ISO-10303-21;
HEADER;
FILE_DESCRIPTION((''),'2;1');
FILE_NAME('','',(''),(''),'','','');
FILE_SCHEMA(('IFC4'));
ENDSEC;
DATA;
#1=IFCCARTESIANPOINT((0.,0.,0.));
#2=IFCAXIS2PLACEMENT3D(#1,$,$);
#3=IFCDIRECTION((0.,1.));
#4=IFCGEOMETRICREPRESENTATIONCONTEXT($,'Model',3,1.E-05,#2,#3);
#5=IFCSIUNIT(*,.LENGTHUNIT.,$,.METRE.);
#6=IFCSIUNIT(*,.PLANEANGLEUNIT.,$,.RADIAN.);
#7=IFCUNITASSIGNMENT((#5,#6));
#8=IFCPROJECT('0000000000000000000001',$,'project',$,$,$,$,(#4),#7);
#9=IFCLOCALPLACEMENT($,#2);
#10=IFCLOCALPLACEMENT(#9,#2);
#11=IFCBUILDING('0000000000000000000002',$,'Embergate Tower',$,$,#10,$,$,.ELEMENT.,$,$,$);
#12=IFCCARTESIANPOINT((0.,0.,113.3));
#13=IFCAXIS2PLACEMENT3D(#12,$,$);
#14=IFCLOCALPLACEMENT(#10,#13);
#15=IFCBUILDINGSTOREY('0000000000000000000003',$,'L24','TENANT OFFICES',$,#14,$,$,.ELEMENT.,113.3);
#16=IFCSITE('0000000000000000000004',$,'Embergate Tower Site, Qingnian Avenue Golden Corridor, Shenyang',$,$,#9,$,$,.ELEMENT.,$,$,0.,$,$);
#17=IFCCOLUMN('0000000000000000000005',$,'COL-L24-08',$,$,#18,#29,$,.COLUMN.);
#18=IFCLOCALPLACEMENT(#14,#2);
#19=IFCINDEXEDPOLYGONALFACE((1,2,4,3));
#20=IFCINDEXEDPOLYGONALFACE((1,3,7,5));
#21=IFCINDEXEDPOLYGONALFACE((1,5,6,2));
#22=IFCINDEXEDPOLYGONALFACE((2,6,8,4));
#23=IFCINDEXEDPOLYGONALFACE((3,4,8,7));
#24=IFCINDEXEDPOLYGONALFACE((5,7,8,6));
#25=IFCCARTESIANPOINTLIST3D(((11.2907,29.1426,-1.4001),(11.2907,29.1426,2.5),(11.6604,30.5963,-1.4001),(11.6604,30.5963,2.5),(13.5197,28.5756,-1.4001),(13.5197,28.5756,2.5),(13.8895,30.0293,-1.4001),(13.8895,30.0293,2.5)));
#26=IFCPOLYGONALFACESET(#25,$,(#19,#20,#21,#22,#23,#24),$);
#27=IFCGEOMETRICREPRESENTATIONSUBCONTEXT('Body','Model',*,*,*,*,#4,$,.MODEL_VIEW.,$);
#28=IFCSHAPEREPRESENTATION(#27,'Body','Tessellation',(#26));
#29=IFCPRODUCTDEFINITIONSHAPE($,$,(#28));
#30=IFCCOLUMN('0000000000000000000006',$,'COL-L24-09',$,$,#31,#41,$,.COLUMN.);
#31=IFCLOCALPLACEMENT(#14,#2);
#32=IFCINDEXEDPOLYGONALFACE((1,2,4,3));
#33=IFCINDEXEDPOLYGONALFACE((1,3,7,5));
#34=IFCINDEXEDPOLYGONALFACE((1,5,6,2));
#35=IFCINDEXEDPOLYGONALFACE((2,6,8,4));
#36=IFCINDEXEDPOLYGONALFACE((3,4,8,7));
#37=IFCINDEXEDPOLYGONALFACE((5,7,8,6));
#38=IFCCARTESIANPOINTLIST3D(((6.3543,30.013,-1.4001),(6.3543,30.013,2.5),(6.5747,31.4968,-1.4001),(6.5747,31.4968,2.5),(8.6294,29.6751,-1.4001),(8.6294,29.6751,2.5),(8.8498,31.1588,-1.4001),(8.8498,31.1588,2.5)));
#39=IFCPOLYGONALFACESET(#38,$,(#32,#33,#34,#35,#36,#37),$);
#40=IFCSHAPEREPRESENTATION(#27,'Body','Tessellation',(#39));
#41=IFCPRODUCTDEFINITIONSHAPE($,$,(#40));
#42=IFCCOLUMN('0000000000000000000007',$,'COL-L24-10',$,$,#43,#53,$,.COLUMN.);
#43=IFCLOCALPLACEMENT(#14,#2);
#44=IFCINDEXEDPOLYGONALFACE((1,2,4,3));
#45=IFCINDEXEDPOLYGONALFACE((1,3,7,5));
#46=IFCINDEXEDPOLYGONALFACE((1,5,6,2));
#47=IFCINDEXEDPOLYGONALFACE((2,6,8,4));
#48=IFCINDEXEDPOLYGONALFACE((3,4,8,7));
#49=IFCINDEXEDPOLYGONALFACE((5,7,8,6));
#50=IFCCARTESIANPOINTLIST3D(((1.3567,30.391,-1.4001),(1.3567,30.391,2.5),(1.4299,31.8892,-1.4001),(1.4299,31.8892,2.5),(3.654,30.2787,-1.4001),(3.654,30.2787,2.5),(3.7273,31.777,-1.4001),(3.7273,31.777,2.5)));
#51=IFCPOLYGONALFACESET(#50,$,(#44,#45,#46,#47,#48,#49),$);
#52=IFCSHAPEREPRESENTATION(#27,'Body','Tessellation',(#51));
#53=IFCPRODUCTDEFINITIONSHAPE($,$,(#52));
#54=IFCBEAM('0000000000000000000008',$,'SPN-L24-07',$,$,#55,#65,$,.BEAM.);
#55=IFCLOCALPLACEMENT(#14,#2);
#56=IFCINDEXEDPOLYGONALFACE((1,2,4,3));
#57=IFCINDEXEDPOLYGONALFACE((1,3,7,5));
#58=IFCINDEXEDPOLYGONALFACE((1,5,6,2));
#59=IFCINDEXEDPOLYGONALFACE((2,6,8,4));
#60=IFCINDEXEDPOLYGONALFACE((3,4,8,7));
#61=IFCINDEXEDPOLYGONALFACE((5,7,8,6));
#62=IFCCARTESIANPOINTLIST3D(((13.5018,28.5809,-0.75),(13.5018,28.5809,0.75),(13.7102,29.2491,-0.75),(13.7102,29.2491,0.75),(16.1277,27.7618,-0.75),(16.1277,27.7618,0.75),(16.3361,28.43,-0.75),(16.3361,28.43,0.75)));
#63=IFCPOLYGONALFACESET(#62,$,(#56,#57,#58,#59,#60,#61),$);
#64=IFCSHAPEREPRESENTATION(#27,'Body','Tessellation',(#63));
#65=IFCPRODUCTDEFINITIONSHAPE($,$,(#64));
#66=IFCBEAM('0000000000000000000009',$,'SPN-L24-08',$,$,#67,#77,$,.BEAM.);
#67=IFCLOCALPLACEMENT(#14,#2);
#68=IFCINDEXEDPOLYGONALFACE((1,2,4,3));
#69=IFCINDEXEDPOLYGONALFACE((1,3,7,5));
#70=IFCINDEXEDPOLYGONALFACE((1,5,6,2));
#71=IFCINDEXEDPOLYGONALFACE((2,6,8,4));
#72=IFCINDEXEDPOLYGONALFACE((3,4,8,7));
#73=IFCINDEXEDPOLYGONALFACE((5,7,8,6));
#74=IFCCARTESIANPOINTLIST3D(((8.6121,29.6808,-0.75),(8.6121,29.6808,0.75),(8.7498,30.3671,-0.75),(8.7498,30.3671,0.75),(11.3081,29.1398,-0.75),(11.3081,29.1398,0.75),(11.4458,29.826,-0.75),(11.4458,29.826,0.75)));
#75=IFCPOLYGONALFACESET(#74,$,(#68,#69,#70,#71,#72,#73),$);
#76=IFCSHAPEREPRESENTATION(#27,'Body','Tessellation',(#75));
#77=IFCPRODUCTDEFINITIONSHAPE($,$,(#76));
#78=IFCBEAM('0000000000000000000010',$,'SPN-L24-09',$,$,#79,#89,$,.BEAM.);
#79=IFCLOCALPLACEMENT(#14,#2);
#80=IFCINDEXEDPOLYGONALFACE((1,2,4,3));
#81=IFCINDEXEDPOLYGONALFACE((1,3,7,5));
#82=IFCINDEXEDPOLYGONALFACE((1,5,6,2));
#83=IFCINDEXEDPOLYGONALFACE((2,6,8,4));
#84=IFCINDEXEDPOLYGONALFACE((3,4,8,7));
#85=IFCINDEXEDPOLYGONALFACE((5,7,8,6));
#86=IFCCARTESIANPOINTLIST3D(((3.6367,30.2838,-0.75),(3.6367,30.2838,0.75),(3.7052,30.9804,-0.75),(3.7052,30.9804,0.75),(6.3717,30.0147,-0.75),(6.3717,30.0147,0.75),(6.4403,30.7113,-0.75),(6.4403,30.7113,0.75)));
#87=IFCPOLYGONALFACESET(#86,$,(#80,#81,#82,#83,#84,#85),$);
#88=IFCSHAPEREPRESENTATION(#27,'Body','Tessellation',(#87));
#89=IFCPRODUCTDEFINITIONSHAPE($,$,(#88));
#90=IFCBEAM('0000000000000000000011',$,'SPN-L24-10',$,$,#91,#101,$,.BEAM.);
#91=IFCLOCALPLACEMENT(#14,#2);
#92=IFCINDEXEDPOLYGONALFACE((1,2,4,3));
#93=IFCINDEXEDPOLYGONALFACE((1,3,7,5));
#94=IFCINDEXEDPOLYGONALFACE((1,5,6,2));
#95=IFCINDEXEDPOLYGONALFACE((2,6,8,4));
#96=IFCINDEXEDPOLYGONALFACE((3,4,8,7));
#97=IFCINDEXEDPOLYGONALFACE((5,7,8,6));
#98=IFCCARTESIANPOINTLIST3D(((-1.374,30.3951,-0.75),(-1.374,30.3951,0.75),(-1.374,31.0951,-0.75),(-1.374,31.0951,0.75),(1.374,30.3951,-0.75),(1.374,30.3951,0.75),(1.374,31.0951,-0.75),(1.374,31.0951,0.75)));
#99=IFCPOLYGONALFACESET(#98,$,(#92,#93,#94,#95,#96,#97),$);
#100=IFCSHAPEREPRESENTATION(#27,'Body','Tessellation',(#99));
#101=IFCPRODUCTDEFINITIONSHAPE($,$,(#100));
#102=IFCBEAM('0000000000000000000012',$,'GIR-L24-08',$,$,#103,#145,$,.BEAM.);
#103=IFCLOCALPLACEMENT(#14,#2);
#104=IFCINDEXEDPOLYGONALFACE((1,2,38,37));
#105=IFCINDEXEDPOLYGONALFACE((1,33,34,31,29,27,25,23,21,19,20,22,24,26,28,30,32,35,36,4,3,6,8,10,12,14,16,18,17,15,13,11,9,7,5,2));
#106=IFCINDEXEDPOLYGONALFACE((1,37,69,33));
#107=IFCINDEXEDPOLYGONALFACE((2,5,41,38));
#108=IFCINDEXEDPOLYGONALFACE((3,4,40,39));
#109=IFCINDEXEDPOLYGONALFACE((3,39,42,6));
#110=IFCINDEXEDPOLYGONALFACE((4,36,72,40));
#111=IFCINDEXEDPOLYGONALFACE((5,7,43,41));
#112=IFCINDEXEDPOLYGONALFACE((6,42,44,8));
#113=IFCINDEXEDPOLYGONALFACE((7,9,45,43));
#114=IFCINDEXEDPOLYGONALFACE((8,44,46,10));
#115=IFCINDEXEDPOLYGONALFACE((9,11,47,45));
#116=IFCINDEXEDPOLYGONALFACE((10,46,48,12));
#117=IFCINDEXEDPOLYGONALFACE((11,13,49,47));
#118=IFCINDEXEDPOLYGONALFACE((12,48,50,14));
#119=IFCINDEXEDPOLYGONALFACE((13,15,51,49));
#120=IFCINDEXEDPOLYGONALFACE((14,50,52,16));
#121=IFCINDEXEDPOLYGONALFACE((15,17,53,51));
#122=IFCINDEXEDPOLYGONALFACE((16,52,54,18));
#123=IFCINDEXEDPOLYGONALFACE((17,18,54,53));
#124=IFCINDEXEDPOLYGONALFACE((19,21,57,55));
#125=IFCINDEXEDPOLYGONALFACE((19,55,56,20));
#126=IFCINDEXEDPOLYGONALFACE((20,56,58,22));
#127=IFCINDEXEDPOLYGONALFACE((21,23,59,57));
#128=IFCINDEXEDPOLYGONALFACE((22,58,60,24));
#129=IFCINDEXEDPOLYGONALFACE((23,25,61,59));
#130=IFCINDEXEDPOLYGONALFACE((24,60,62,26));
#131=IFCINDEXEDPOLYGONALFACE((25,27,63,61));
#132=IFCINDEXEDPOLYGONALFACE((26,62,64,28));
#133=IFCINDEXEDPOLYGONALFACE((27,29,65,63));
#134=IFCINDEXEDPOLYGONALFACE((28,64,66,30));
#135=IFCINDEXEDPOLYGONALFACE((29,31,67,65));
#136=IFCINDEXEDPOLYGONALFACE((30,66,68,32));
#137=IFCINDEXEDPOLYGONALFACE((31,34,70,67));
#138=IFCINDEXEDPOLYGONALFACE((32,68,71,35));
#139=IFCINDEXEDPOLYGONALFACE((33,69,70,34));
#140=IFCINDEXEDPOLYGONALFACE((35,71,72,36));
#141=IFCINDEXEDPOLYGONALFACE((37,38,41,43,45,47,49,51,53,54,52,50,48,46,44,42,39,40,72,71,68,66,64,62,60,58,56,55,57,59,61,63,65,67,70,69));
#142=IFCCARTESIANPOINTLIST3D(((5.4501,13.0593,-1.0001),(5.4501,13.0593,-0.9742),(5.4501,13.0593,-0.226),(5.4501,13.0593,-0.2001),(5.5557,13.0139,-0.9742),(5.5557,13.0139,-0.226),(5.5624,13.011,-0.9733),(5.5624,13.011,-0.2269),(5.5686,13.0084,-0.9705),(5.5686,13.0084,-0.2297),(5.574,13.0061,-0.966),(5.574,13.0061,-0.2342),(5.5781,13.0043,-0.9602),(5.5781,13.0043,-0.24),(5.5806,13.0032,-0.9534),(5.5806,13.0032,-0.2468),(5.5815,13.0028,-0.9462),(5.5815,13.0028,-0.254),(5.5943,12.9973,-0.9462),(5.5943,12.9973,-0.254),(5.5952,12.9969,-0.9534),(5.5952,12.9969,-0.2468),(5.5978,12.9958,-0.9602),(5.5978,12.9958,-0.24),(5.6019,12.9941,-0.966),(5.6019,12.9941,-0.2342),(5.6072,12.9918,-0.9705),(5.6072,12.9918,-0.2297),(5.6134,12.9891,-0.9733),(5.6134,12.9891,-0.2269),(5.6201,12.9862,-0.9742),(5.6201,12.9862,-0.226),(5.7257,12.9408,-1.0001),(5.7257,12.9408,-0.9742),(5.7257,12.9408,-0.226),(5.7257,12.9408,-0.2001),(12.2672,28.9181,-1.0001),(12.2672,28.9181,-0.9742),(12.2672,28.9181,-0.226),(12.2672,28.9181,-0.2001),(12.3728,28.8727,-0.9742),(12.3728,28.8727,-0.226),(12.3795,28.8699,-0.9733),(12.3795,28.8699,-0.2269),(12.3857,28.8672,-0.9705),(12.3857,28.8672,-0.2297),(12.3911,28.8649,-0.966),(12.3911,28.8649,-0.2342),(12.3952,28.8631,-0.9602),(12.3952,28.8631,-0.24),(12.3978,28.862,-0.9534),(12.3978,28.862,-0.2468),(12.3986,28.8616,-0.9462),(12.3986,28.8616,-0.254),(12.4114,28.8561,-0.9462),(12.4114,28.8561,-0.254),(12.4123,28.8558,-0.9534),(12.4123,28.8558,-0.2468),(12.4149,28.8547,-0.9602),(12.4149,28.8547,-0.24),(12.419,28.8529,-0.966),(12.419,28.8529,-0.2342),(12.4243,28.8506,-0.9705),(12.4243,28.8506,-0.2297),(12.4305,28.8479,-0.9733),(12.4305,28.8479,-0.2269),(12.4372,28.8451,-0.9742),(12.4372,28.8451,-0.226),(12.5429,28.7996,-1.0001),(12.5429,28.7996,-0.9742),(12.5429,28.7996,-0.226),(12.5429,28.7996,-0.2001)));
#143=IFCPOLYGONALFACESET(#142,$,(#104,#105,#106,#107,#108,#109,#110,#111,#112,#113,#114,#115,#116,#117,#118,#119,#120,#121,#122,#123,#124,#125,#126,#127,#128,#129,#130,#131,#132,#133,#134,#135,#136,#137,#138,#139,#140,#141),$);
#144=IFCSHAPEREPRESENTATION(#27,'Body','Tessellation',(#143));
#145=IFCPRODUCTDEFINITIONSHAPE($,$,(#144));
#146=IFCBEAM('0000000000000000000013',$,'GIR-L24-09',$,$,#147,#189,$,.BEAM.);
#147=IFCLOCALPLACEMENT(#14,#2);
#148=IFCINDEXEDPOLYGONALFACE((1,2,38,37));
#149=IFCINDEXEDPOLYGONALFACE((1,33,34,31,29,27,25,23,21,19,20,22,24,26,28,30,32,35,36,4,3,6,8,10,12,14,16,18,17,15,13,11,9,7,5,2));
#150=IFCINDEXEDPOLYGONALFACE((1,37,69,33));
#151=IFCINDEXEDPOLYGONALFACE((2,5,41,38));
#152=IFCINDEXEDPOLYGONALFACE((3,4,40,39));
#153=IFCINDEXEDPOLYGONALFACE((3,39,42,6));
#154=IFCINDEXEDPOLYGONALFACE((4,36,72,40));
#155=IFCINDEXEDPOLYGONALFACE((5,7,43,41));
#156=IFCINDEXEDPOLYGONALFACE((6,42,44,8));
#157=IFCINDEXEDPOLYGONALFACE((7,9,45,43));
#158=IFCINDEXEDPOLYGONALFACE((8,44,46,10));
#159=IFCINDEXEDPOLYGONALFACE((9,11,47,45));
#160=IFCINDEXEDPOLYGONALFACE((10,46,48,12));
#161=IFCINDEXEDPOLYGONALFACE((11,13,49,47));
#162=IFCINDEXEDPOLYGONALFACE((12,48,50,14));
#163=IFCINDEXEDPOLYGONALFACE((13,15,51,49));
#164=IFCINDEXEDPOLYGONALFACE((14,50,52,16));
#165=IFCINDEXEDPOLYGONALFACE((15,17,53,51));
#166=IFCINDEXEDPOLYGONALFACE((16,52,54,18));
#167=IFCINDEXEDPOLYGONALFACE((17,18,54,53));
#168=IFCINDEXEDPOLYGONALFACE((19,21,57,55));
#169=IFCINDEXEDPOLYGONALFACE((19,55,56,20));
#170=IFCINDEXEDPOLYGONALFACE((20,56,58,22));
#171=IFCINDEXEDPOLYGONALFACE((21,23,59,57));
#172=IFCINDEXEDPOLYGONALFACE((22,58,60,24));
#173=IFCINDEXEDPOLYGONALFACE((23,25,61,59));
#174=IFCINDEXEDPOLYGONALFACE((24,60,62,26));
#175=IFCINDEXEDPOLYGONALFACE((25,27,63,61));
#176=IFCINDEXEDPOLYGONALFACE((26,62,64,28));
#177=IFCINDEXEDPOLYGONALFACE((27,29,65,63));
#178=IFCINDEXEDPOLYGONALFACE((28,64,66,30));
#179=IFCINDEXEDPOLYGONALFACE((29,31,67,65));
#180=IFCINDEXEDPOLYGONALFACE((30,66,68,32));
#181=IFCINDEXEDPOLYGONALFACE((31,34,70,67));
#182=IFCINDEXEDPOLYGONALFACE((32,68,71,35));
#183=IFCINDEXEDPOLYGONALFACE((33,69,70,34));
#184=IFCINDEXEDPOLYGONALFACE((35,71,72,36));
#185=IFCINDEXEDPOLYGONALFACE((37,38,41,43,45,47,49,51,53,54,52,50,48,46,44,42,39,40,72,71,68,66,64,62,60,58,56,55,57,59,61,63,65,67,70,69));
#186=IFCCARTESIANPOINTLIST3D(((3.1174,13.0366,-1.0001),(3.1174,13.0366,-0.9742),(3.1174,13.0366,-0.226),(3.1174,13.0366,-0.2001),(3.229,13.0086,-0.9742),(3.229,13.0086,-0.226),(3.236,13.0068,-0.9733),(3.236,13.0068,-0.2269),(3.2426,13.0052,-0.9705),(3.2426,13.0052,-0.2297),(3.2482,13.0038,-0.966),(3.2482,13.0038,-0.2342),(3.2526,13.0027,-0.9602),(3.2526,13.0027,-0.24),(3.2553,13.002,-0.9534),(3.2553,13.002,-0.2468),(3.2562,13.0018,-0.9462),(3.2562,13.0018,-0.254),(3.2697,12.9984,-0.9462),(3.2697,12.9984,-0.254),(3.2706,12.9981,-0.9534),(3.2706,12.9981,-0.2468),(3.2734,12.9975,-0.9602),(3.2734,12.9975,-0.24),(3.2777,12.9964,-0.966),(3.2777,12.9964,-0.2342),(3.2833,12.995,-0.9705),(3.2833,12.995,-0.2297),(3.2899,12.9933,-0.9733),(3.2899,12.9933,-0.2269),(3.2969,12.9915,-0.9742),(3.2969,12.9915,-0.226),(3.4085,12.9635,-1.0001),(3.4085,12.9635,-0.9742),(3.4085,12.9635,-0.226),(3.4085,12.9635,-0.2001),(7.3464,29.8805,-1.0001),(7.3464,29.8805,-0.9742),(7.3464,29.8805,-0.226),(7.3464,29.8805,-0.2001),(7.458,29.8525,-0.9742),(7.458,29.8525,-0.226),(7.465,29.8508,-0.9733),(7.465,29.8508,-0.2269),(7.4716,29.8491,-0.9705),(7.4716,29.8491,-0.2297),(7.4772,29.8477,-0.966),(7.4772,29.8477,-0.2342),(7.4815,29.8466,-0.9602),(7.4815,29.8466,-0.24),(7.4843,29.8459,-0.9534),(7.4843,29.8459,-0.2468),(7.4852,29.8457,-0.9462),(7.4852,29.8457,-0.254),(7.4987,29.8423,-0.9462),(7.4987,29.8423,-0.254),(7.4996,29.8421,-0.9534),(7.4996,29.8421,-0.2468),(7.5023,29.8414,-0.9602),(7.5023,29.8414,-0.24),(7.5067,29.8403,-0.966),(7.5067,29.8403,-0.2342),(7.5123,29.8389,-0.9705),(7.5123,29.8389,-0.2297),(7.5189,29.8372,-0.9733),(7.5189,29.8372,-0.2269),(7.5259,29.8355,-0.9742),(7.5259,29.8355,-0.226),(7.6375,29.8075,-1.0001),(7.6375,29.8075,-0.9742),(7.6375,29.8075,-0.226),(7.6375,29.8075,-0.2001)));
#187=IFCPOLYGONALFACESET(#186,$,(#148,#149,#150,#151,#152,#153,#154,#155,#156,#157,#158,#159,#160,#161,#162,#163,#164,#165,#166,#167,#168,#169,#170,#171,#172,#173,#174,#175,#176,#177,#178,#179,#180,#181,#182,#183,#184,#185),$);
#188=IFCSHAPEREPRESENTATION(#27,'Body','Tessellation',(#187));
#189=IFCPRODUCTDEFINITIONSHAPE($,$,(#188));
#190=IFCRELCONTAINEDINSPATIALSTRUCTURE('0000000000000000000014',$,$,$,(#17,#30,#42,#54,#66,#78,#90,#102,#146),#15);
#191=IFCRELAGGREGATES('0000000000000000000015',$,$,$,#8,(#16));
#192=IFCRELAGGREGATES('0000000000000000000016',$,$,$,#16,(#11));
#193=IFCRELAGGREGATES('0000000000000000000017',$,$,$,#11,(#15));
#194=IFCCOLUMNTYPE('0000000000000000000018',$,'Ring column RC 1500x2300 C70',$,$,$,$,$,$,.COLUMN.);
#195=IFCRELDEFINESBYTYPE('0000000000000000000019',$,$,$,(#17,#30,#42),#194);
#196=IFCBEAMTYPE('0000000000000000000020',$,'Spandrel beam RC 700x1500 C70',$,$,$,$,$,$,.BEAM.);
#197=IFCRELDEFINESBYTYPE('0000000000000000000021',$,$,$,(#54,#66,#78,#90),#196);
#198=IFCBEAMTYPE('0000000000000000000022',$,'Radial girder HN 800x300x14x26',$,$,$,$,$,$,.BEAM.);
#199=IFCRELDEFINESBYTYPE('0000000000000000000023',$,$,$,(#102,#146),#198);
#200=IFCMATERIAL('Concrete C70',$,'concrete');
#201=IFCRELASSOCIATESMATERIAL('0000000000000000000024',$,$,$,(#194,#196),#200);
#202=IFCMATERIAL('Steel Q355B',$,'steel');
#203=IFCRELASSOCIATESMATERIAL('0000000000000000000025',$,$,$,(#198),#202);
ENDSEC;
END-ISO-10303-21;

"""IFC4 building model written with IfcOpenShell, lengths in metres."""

from ifc_helpers import new_model, si_unit, direction, frame, origin, origin_2d, place, context, subcontext, project, spatial, rectangle, i_section, extrude, source, transform, mapped, material, material_profile, profile_set, type_object, element, save


model = new_model("IFC4")

# Units and contexts
model_context = context("Model", 3, precision=1e-05, world=origin(), true_north=direction((0.0, 1.0)))
body_context = subcontext(model_context, "Body", "Model", "MODEL_VIEW")
ifc_project = project(units=[si_unit("LENGTHUNIT", "METRE"), si_unit("PLANEANGLEUNIT", "RADIAN")], contexts=[model_context])

# Site, building, storey
site_placement = place(None, origin())
site = spatial("IfcSite", under=ifc_project, at=site_placement, Name="Embergate Tower Site, Qingnian Avenue Golden Corridor, Shenyang", CompositionType="ELEMENT", RefElevation=0.0)
building_placement = place(site_placement, origin())
building = spatial("IfcBuilding", under=site, at=building_placement, Name="Embergate Tower", CompositionType="ELEMENT")
storey_placement = place(building_placement, frame((0.0, 0.0, 113.3)))
storey = spatial("IfcBuildingStorey", under=building, at=storey_placement, Name="L24", Description="TENANT OFFICES", CompositionType="ELEMENT", Elevation=113.3)

# Columns
ifc_material_1 = material(Name="Concrete C70", Category="concrete")
ifc_material_profile_1 = material_profile(ifc_material_1, rectangle(XDim=1.5, YDim=2.3, at=origin_2d()), Name="RC 1500x2300")
ifc_profile_set_1 = profile_set([ifc_material_profile_1], Name="Concrete C70")
column_type = type_object("IfcColumnType", Name="Ring column RC 1500x2300 C70", PredefinedType="COLUMN", material=ifc_profile_set_1)
shared_shape_1 = source(origin(), body_context, "Body", "SweptSolid", [
    extrude(rectangle(XDim=1.5, YDim=2.3, at=origin_2d()), origin(), (0.0, 0.0, 1.0), 3.9001),
])
for number, where, z_axis, x_axis, name in (
    (1, (12.5901, 29.5859, -1.4001), (0.0, 0.0, 1.0), (0.246509, 0.969141, 0.0), "COL-L24-08"),
    (2, (7.6021, 30.5859, -1.4001), (0.0, 0.0, 1.0), (0.146929, 0.989147, 0.0), "COL-L24-09"),
    (3, (2.542, 31.084, -1.4001), (0.0, 0.0, 1.0), (0.048815, 0.998808, 0.0), "COL-L24-10"),
):
    element("IfcColumn", number, at=place(storey_placement, frame(where, z_axis=z_axis, x_axis=x_axis)), inside=storey, type_object=column_type, Name=name, PredefinedType="COLUMN", context=body_context, shape_type="MappedRepresentation", body=[
        mapped(shared_shape_1, transform((0.0, 0.0, 0.0))),
    ])

# Beams
ifc_material_profile_2 = material_profile(ifc_material_1, rectangle(XDim=0.7, YDim=1.5, at=origin_2d()), Name="RC 700x1500")
ifc_profile_set_2 = profile_set([ifc_material_profile_2], Name="Concrete C70")
beam_type_1 = type_object("IfcBeamType", Name="Spandrel beam RC 700x1500 C70", PredefinedType="BEAM", material=ifc_profile_set_2)
shared_shape_2 = source(origin(), body_context, "Body", "SweptSolid", [
    extrude(rectangle(XDim=0.7, YDim=1.5, at=origin_2d()), origin(), (0.0, 0.0, 1.0), 2.7507),
])
beam_1_placement = place(storey_placement, frame((16.2319, 28.0959, 0.0), z_axis=(-0.954638, 0.29777, 0.0), x_axis=(-0.29777, -0.954638, 0.0)))
element("IfcBeam", 4, at=beam_1_placement, inside=storey, type_object=beam_type_1, Name="SPN-L24-07", PredefinedType="BEAM", context=body_context, shape_type="MappedRepresentation", body=[
    mapped(shared_shape_2, transform((0.0, 0.0, 0.0))),
])
shared_shape_3 = source(origin(), body_context, "Body", "SweptSolid", [
    extrude(rectangle(XDim=0.7, YDim=1.5, at=origin_2d()), origin(), (0.0, 0.0, 1.0), 2.7498),
])
beam_2_placement = place(storey_placement, frame((11.377, 29.4829, 0.0), z_axis=(-0.980454, 0.196748, 0.0), x_axis=(-0.196748, -0.980454, 0.0)))
element("IfcBeam", 5, at=beam_2_placement, inside=storey, type_object=beam_type_1, Name="SPN-L24-08", PredefinedType="BEAM", context=body_context, shape_type="MappedRepresentation", body=[
    mapped(shared_shape_3, transform((0.0, 0.0, 0.0))),
])
shared_shape_4 = source(origin(), body_context, "Body", "SweptSolid", [
    extrude(rectangle(XDim=0.7, YDim=1.5, at=origin_2d()), origin(), (0.0, 0.0, 1.0), 2.7483),
])
beam_3_placement = place(storey_placement, frame((6.406, 30.363, 0.0), z_axis=(-0.995197, 0.097894, 0.0), x_axis=(-0.097894, -0.995197, 0.0)))
element("IfcBeam", 6, at=beam_3_placement, inside=storey, type_object=beam_type_1, Name="SPN-L24-09", PredefinedType="BEAM", context=body_context, shape_type="MappedRepresentation", body=[
    mapped(shared_shape_4, transform((0.0, 0.0, 0.0))),
])
shared_shape_5 = source(origin(), body_context, "Body", "SweptSolid", [
    extrude(rectangle(XDim=0.7, YDim=1.5, at=origin_2d()), origin(), (0.0, 0.0, 1.0), 2.748),
])
beam_4_placement = place(storey_placement, frame((1.374, 30.7451, 0.0), z_axis=(-1.0, 0.0, 0.0), x_axis=(0.0, -1.0, 0.0)))
element("IfcBeam", 7, at=beam_4_placement, inside=storey, type_object=beam_type_1, Name="SPN-L24-10", PredefinedType="BEAM", context=body_context, shape_type="MappedRepresentation", body=[
    mapped(shared_shape_5, transform((0.0, 0.0, 0.0))),
])
ifc_material_2 = material(Name="Steel Q355B", Category="steel")
ifc_material_profile_3 = material_profile(ifc_material_2, i_section(OverallWidth=0.3, OverallDepth=0.8, WebThickness=0.0139, FlangeThickness=0.0259, FilletRadius=0.0281, at=origin_2d()), Name="HN 800x300x14x26")
ifc_profile_set_3 = profile_set([ifc_material_profile_3], Name="Steel Q355 grade B")
beam_type_2 = type_object("IfcBeamType", Name="Radial girder HN 800x300x14x26", PredefinedType="BEAM", material=ifc_profile_set_3)
shared_shape_6 = source(origin(), body_context, "Body", "SweptSolid", [
    extrude(i_section(OverallWidth=0.3, OverallDepth=0.8, WebThickness=0.0139, FlangeThickness=0.0259, FilletRadius=0.0281, at=origin_2d()), origin(), (0.0, 0.0, 1.0), 17.262),
])
beam_5_placement = place(storey_placement, frame((12.405, 28.8589, -0.6001), z_axis=(-0.394921, -0.918715, 0.0), x_axis=(0.918715, -0.394921, 0.0)))
element("IfcBeam", 8, at=beam_5_placement, inside=storey, type_object=beam_type_2, Name="GIR-L24-08", PredefinedType="BEAM", context=body_context, shape_type="MappedRepresentation", body=[
    mapped(shared_shape_6, transform((0.0, 0.0, 0.0))),
])
shared_shape_7 = source(origin(), body_context, "Body", "SweptSolid", [
    extrude(i_section(OverallWidth=0.3, OverallDepth=0.8, WebThickness=0.0139, FlangeThickness=0.0259, FilletRadius=0.0281, at=origin_2d()), origin(), (0.0, 0.0, 1.0), 17.3667),
])
beam_6_placement = place(storey_placement, frame((7.4919, 29.844, -0.6001), z_axis=(-0.243511, -0.969898, 0.0), x_axis=(0.969898, -0.243511, 0.0)))
element("IfcBeam", 9, at=beam_6_placement, inside=storey, type_object=beam_type_2, Name="GIR-L24-09", PredefinedType="BEAM", context=body_context, shape_type="MappedRepresentation", body=[
    mapped(shared_shape_7, transform((0.0, 0.0, 0.0))),
])

save(model, "model.ifc")
